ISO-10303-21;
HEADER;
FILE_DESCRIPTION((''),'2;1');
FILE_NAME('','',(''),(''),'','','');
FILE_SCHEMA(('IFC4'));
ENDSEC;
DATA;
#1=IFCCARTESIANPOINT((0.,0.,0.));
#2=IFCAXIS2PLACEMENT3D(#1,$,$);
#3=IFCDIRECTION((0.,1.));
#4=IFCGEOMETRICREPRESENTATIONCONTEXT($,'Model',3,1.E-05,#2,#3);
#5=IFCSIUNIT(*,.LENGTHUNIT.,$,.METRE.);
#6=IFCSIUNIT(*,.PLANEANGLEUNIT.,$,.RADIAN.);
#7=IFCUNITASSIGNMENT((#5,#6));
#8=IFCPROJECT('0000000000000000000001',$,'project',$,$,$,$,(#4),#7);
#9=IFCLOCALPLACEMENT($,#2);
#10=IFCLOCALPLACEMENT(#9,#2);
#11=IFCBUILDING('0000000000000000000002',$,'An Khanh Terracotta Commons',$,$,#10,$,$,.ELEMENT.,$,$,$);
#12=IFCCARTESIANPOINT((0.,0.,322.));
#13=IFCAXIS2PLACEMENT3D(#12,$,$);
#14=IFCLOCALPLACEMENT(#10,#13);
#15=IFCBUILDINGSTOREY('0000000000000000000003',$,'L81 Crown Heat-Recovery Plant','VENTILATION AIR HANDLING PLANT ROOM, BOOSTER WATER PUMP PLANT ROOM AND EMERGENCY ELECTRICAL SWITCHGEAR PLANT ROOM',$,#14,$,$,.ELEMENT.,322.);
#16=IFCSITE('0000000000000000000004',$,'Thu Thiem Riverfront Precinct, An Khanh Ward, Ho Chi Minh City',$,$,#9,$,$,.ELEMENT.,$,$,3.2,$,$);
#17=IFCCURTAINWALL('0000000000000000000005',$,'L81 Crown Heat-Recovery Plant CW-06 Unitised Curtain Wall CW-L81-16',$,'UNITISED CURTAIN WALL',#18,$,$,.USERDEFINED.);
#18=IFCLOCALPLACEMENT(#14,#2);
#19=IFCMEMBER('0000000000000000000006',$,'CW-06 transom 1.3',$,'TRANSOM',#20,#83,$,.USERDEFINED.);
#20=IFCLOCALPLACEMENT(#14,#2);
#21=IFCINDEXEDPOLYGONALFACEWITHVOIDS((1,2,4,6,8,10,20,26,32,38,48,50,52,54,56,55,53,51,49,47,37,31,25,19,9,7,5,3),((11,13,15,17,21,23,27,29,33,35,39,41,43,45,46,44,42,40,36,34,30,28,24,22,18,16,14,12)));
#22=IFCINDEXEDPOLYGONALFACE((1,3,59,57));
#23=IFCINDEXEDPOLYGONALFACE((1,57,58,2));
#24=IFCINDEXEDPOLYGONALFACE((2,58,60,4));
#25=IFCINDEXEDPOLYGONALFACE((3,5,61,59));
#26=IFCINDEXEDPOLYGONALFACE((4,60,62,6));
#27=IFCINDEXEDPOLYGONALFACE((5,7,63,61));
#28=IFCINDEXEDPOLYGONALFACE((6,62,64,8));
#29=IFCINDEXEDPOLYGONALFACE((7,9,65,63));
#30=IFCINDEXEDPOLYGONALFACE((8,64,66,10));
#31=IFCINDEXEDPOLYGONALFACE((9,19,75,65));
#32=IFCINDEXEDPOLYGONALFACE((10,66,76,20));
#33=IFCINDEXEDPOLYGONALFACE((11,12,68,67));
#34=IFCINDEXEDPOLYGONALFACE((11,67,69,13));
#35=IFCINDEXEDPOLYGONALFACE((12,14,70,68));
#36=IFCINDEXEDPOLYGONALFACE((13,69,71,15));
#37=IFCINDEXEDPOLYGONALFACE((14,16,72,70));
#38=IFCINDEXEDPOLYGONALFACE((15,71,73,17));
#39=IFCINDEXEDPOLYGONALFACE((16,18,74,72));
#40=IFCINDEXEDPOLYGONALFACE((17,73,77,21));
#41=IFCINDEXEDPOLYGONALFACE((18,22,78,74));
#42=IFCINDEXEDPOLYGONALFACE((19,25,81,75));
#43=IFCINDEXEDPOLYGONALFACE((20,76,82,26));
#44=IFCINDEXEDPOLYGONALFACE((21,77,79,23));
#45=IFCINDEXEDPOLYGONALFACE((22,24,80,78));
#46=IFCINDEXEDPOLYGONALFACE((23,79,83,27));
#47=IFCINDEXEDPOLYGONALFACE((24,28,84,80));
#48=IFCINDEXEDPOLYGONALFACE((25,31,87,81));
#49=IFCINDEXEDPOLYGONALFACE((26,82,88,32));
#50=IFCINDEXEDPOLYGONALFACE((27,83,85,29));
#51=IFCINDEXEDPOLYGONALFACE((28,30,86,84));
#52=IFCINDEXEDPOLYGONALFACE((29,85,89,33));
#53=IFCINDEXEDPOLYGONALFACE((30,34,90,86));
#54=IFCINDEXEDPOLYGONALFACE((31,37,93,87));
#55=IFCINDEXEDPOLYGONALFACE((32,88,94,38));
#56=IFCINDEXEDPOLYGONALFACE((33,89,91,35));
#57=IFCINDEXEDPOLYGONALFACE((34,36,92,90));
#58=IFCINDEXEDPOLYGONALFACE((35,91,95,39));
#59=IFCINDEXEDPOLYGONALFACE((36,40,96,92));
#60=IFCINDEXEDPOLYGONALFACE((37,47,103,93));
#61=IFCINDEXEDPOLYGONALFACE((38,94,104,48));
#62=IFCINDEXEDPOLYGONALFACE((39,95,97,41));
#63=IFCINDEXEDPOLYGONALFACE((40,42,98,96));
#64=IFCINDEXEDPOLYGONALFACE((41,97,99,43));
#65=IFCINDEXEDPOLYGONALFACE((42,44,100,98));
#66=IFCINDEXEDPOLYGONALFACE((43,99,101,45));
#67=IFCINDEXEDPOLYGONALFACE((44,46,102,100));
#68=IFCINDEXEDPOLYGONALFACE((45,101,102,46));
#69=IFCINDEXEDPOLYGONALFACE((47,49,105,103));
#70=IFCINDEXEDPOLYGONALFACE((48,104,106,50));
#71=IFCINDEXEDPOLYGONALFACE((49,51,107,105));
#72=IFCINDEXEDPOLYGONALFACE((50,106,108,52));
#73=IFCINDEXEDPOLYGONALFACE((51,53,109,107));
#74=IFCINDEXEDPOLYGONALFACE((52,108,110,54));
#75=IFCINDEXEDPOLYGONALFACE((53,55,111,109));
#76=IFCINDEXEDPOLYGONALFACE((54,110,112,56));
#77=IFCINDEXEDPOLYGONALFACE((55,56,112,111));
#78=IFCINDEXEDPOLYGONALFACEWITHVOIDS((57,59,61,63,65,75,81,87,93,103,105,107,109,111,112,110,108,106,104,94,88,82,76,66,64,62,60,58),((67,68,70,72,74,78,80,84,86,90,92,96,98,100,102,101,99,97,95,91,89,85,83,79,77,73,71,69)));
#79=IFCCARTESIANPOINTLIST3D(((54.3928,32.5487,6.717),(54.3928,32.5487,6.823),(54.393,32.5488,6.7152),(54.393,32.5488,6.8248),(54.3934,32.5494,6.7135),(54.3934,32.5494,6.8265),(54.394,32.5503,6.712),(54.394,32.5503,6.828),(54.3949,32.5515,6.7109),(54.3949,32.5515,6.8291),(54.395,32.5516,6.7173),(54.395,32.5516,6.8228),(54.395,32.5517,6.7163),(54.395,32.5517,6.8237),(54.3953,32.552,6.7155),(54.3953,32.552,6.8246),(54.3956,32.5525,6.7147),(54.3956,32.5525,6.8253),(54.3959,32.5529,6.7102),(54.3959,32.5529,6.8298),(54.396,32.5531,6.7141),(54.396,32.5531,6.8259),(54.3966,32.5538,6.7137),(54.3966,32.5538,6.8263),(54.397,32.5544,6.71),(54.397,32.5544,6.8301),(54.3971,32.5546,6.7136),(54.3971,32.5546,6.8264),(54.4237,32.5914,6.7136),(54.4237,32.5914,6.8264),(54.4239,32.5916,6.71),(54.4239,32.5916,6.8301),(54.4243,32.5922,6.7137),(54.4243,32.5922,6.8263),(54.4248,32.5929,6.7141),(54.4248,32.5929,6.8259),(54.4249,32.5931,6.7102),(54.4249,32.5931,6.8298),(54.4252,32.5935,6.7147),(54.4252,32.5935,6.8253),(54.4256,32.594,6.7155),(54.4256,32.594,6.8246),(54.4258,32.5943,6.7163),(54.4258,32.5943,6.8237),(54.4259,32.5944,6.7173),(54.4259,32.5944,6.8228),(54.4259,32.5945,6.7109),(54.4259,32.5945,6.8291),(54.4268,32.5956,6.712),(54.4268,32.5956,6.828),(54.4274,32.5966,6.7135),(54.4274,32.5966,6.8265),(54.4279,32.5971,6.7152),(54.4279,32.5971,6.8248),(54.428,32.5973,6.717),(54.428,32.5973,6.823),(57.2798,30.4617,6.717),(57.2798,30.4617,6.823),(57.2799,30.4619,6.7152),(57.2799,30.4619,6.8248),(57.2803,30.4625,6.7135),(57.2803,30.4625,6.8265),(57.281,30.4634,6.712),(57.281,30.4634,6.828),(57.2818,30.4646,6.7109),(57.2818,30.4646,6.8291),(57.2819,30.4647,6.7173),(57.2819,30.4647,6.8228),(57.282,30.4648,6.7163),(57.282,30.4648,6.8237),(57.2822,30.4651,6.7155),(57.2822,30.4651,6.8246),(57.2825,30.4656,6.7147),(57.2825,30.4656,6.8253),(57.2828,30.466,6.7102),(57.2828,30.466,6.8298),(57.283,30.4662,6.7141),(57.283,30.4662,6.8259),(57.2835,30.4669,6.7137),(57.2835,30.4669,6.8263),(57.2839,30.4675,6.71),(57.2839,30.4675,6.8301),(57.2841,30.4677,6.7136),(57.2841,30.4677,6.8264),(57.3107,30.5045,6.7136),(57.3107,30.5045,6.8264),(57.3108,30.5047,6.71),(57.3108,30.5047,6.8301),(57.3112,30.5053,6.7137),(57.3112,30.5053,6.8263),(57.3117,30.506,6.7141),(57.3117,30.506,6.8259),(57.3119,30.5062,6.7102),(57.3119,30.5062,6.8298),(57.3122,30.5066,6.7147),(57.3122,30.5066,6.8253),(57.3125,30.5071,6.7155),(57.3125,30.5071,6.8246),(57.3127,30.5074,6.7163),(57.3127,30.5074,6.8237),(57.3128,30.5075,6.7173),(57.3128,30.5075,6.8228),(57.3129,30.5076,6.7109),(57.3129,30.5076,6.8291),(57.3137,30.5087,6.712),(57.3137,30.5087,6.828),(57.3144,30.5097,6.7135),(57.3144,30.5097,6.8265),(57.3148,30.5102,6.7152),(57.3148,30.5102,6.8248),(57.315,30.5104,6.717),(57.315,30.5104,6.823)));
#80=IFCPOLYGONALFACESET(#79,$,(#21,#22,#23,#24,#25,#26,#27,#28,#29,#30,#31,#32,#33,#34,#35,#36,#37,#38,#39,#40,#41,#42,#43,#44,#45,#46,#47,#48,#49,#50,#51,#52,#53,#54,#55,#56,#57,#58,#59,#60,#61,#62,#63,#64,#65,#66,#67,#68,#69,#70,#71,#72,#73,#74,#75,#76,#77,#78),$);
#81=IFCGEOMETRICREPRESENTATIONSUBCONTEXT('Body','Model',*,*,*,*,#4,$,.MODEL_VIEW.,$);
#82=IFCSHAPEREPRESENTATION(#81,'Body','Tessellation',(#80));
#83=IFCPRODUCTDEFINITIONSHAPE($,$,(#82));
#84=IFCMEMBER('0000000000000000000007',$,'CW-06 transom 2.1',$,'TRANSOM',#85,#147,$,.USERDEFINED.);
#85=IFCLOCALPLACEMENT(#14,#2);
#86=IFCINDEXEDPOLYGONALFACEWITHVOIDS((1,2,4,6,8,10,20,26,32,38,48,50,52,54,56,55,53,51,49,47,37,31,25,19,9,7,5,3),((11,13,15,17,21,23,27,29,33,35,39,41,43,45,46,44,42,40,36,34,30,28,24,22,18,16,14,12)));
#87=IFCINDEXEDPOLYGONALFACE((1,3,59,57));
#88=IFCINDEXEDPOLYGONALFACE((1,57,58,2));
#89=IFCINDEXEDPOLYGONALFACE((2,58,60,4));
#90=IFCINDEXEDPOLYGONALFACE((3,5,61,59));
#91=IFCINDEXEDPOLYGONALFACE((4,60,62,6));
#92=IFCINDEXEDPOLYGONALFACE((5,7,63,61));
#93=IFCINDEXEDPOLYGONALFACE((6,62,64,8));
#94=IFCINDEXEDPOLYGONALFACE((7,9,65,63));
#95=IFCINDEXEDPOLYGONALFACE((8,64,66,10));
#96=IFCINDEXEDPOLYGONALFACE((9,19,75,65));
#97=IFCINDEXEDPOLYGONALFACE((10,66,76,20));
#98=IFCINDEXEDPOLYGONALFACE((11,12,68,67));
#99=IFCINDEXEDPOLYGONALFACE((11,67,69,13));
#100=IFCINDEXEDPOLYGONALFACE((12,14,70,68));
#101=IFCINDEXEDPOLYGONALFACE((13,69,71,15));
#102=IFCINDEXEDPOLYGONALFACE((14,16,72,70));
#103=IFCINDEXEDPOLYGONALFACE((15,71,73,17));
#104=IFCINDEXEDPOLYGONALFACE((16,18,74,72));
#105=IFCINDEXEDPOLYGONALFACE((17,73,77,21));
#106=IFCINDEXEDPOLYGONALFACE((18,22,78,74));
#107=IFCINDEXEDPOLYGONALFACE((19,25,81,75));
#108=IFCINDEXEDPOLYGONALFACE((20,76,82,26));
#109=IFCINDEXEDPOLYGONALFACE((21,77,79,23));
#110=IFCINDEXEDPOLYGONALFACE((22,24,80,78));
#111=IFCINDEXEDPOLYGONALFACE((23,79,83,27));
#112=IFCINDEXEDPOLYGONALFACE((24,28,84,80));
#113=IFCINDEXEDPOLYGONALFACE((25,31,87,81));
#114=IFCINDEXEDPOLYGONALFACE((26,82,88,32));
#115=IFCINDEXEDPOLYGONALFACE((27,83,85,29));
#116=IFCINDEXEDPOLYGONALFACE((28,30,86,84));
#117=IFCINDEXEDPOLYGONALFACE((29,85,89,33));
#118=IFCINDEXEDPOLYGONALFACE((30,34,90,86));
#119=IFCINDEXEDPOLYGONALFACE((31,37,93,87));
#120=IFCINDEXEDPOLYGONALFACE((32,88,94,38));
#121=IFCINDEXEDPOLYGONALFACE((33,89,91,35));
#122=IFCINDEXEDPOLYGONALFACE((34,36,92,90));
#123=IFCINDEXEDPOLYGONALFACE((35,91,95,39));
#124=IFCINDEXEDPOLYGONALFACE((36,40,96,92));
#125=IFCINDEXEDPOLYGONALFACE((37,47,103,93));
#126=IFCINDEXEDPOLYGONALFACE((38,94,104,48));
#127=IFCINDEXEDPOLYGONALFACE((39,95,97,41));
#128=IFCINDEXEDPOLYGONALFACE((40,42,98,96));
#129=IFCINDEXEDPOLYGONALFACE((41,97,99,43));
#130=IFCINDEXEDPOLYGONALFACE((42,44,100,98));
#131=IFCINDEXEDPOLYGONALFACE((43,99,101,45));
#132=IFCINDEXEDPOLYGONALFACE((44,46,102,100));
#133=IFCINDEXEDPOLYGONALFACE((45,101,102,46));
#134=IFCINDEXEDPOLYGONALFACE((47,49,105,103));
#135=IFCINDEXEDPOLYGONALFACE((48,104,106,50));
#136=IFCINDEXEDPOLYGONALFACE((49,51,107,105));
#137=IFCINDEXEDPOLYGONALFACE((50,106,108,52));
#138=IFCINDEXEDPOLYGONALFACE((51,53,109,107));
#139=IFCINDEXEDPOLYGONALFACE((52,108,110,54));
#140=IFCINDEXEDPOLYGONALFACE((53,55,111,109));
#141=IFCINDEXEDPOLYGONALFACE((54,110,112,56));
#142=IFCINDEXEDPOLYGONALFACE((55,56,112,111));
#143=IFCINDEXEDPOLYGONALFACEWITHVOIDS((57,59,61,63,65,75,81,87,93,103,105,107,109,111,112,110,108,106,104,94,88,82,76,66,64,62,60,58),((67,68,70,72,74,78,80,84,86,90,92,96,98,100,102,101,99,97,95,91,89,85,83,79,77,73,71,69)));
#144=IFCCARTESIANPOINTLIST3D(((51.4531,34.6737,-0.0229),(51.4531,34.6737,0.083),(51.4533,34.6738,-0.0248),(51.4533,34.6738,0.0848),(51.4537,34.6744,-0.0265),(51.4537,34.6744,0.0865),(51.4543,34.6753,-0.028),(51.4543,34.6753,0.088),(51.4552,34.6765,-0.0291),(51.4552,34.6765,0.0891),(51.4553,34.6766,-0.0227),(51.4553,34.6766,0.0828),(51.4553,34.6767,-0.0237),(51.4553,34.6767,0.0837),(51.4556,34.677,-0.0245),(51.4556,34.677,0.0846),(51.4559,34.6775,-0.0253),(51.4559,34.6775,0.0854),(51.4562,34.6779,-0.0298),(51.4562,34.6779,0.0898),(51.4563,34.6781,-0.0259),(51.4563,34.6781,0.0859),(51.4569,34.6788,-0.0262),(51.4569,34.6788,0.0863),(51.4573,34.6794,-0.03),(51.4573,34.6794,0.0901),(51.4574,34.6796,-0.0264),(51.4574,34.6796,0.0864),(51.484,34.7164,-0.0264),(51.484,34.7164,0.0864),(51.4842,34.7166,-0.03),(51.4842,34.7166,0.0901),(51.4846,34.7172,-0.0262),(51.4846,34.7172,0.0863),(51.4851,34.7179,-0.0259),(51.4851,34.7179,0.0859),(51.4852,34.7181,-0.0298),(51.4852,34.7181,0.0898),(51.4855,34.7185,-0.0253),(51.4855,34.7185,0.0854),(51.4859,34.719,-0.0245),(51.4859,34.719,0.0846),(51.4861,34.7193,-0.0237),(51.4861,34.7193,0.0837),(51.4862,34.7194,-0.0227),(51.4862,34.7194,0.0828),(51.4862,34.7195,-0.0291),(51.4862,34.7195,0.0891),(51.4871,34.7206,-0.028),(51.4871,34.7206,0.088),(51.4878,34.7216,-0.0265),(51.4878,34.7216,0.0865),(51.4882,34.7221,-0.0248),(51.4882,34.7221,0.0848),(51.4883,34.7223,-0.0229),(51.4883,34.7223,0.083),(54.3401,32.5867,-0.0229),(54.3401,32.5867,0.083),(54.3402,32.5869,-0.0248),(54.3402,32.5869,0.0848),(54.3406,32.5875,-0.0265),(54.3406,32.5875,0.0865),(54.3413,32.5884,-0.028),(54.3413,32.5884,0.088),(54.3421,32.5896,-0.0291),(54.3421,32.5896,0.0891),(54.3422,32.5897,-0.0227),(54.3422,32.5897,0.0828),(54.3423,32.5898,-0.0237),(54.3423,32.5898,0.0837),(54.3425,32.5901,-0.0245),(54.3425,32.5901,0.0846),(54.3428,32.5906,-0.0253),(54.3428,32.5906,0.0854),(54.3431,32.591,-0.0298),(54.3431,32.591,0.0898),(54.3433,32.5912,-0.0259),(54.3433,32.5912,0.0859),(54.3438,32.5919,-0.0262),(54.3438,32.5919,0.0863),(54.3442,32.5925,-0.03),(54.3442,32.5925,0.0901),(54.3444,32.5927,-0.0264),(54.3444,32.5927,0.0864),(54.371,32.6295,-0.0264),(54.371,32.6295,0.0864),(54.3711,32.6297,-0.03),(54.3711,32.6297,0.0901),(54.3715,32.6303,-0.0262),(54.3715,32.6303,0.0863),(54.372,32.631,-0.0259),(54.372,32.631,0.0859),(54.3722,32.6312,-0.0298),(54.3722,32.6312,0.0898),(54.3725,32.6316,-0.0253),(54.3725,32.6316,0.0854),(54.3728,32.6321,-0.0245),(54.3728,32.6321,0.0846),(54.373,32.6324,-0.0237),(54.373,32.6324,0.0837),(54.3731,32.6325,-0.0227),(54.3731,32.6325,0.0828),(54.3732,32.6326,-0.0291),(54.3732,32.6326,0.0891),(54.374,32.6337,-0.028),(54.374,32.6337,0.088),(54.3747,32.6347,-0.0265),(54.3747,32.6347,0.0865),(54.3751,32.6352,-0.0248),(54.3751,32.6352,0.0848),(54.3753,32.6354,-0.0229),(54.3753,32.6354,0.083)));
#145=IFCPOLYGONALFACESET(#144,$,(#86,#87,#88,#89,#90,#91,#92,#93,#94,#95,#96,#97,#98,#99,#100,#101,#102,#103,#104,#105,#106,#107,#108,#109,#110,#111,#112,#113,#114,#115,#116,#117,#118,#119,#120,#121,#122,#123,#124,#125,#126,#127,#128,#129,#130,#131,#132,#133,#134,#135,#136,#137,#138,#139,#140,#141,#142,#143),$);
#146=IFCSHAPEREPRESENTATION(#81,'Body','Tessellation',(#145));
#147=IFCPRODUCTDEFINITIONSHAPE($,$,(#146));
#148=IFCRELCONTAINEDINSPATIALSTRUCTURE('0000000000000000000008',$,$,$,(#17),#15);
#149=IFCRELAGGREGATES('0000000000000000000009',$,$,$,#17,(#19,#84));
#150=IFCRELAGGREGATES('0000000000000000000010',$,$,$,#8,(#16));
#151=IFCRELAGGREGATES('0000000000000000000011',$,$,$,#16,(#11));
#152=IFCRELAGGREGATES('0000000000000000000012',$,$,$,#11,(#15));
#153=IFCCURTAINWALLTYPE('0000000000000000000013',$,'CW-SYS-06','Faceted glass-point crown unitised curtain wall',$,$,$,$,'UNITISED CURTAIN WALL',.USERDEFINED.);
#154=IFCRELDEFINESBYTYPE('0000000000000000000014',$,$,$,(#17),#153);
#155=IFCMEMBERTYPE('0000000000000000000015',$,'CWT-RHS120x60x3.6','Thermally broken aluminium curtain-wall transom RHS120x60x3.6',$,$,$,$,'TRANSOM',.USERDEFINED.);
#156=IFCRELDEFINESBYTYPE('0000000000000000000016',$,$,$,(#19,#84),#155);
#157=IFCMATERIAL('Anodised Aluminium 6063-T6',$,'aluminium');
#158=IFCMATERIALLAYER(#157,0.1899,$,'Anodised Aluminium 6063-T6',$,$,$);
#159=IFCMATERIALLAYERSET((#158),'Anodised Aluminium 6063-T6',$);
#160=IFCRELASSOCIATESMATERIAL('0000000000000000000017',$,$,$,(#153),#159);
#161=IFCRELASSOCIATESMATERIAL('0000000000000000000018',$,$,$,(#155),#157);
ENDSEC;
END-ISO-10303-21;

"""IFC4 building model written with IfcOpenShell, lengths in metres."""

from ifc_helpers import new_model, si_unit, direction, frame, origin, origin_2d, place, context, subcontext, project, spatial, hollow_rectangle, extrude, material, layer, layer_set, material_profile, profile_set, type_object, element, aggregate, save


model = new_model("IFC4")

# Units and contexts
model_context = context("Model", 3, precision=1e-05, world=origin(), true_north=direction((0.0, 1.0)))
body_context = subcontext(model_context, "Body", "Model", "MODEL_VIEW")
ifc_project = project(units=[si_unit("LENGTHUNIT", "METRE"), si_unit("PLANEANGLEUNIT", "RADIAN")], contexts=[model_context])

# Site, building, storey
site_placement = place(None, origin())
site = spatial("IfcSite", under=ifc_project, at=site_placement, Name="Thu Thiem Riverfront Precinct, An Khanh Ward, Ho Chi Minh City", CompositionType="ELEMENT", RefElevation=3.2)
building_placement = place(site_placement, origin())
building = spatial("IfcBuilding", under=site, at=building_placement, Name="An Khanh Terracotta Commons", CompositionType="ELEMENT")
storey_placement = place(building_placement, frame((0.0, 0.0, 322.0)))
storey = spatial("IfcBuildingStorey", under=building, at=storey_placement, Name="L81 Crown Heat-Recovery Plant", Description="VENTILATION AIR HANDLING PLANT ROOM, BOOSTER WATER PUMP PLANT ROOM AND EMERGENCY ELECTRICAL SWITCHGEAR PLANT ROOM", CompositionType="ELEMENT", Elevation=322.0)

# Curtain wall
ifc_material_1 = material(Name="Anodised Aluminium 6063-T6", Category="aluminium")
ifc_layer_1 = layer(ifc_material_1, 0.1899, Name="Anodised Aluminium 6063-T6")
ifc_layer_set_1 = layer_set([ifc_layer_1], Name="Anodised Aluminium 6063-T6")
curtain_wall_type = type_object("IfcCurtainWallType", Name="CW-SYS-06", Description="Faceted glass-point crown unitised curtain wall", ElementType="UNITISED CURTAIN WALL", PredefinedType="USERDEFINED", material=ifc_layer_set_1)
curtain_wall_1_placement = place(storey_placement, origin())
curtain_wall_1 = element("IfcCurtainWall", 1, at=curtain_wall_1_placement, inside=storey, type_object=curtain_wall_type, Name="L81 Crown Heat-Recovery Plant CW-06 Unitised Curtain Wall CW-L81-16", ObjectType="UNITISED CURTAIN WALL", PredefinedType="USERDEFINED")

# Members
ifc_material_profile_1 = material_profile(ifc_material_1, hollow_rectangle(XDim=0.0601, YDim=0.1201, WallThickness=0.0037, InnerFilletRadius=0.0037, OuterFilletRadius=0.0071, at=origin_2d()), Name="RHS120x60x3.6")
ifc_profile_set_1 = profile_set([ifc_material_profile_1], Name="Anodised Aluminium 6063-T6")
member_type_1 = type_object("IfcMemberType", Name="CWT-RHS120x60x3.6", Description="Thermally broken aluminium curtain-wall transom RHS120x60x3.6", ElementType="TRANSOM", PredefinedType="USERDEFINED", material=ifc_profile_set_1)
member_1_placement = place(storey_placement, frame((57.2974, 30.4861, 6.77), z_axis=(-0.810428, 0.585838, 0.0), x_axis=(-0.585838, -0.810428, 0.0)))
member_1 = element("IfcMember", 2, at=member_1_placement, type_object=member_type_1, Name="CW-06 transom 1.3", ObjectType="TRANSOM", PredefinedType="USERDEFINED", context=body_context, shape_type="SweptSolid", body=[
    extrude(hollow_rectangle(XDim=0.0601, YDim=0.1201, WallThickness=0.0037, InnerFilletRadius=0.0037, OuterFilletRadius=0.0071, at=origin_2d()), origin(), (0.0, 0.0, 1.0), 3.5623),
])
member_2_placement = place(storey_placement, frame((54.3577, 32.6111, 0.03), z_axis=(-0.810428, 0.585838, 0.0), x_axis=(-0.585838, -0.810428, 0.0)))
member_2 = element("IfcMember", 3, at=member_2_placement, type_object=member_type_1, Name="CW-06 transom 2.1", ObjectType="TRANSOM", PredefinedType="USERDEFINED", context=body_context, shape_type="SweptSolid", body=[
    extrude(hollow_rectangle(XDim=0.0601, YDim=0.1201, WallThickness=0.0037, InnerFilletRadius=0.0037, OuterFilletRadius=0.0071, at=origin_2d()), origin(), (0.0, 0.0, 1.0), 3.5623),
])

aggregate(curtain_wall_1, [member_1, member_2])

save(model, "model.ifc")
